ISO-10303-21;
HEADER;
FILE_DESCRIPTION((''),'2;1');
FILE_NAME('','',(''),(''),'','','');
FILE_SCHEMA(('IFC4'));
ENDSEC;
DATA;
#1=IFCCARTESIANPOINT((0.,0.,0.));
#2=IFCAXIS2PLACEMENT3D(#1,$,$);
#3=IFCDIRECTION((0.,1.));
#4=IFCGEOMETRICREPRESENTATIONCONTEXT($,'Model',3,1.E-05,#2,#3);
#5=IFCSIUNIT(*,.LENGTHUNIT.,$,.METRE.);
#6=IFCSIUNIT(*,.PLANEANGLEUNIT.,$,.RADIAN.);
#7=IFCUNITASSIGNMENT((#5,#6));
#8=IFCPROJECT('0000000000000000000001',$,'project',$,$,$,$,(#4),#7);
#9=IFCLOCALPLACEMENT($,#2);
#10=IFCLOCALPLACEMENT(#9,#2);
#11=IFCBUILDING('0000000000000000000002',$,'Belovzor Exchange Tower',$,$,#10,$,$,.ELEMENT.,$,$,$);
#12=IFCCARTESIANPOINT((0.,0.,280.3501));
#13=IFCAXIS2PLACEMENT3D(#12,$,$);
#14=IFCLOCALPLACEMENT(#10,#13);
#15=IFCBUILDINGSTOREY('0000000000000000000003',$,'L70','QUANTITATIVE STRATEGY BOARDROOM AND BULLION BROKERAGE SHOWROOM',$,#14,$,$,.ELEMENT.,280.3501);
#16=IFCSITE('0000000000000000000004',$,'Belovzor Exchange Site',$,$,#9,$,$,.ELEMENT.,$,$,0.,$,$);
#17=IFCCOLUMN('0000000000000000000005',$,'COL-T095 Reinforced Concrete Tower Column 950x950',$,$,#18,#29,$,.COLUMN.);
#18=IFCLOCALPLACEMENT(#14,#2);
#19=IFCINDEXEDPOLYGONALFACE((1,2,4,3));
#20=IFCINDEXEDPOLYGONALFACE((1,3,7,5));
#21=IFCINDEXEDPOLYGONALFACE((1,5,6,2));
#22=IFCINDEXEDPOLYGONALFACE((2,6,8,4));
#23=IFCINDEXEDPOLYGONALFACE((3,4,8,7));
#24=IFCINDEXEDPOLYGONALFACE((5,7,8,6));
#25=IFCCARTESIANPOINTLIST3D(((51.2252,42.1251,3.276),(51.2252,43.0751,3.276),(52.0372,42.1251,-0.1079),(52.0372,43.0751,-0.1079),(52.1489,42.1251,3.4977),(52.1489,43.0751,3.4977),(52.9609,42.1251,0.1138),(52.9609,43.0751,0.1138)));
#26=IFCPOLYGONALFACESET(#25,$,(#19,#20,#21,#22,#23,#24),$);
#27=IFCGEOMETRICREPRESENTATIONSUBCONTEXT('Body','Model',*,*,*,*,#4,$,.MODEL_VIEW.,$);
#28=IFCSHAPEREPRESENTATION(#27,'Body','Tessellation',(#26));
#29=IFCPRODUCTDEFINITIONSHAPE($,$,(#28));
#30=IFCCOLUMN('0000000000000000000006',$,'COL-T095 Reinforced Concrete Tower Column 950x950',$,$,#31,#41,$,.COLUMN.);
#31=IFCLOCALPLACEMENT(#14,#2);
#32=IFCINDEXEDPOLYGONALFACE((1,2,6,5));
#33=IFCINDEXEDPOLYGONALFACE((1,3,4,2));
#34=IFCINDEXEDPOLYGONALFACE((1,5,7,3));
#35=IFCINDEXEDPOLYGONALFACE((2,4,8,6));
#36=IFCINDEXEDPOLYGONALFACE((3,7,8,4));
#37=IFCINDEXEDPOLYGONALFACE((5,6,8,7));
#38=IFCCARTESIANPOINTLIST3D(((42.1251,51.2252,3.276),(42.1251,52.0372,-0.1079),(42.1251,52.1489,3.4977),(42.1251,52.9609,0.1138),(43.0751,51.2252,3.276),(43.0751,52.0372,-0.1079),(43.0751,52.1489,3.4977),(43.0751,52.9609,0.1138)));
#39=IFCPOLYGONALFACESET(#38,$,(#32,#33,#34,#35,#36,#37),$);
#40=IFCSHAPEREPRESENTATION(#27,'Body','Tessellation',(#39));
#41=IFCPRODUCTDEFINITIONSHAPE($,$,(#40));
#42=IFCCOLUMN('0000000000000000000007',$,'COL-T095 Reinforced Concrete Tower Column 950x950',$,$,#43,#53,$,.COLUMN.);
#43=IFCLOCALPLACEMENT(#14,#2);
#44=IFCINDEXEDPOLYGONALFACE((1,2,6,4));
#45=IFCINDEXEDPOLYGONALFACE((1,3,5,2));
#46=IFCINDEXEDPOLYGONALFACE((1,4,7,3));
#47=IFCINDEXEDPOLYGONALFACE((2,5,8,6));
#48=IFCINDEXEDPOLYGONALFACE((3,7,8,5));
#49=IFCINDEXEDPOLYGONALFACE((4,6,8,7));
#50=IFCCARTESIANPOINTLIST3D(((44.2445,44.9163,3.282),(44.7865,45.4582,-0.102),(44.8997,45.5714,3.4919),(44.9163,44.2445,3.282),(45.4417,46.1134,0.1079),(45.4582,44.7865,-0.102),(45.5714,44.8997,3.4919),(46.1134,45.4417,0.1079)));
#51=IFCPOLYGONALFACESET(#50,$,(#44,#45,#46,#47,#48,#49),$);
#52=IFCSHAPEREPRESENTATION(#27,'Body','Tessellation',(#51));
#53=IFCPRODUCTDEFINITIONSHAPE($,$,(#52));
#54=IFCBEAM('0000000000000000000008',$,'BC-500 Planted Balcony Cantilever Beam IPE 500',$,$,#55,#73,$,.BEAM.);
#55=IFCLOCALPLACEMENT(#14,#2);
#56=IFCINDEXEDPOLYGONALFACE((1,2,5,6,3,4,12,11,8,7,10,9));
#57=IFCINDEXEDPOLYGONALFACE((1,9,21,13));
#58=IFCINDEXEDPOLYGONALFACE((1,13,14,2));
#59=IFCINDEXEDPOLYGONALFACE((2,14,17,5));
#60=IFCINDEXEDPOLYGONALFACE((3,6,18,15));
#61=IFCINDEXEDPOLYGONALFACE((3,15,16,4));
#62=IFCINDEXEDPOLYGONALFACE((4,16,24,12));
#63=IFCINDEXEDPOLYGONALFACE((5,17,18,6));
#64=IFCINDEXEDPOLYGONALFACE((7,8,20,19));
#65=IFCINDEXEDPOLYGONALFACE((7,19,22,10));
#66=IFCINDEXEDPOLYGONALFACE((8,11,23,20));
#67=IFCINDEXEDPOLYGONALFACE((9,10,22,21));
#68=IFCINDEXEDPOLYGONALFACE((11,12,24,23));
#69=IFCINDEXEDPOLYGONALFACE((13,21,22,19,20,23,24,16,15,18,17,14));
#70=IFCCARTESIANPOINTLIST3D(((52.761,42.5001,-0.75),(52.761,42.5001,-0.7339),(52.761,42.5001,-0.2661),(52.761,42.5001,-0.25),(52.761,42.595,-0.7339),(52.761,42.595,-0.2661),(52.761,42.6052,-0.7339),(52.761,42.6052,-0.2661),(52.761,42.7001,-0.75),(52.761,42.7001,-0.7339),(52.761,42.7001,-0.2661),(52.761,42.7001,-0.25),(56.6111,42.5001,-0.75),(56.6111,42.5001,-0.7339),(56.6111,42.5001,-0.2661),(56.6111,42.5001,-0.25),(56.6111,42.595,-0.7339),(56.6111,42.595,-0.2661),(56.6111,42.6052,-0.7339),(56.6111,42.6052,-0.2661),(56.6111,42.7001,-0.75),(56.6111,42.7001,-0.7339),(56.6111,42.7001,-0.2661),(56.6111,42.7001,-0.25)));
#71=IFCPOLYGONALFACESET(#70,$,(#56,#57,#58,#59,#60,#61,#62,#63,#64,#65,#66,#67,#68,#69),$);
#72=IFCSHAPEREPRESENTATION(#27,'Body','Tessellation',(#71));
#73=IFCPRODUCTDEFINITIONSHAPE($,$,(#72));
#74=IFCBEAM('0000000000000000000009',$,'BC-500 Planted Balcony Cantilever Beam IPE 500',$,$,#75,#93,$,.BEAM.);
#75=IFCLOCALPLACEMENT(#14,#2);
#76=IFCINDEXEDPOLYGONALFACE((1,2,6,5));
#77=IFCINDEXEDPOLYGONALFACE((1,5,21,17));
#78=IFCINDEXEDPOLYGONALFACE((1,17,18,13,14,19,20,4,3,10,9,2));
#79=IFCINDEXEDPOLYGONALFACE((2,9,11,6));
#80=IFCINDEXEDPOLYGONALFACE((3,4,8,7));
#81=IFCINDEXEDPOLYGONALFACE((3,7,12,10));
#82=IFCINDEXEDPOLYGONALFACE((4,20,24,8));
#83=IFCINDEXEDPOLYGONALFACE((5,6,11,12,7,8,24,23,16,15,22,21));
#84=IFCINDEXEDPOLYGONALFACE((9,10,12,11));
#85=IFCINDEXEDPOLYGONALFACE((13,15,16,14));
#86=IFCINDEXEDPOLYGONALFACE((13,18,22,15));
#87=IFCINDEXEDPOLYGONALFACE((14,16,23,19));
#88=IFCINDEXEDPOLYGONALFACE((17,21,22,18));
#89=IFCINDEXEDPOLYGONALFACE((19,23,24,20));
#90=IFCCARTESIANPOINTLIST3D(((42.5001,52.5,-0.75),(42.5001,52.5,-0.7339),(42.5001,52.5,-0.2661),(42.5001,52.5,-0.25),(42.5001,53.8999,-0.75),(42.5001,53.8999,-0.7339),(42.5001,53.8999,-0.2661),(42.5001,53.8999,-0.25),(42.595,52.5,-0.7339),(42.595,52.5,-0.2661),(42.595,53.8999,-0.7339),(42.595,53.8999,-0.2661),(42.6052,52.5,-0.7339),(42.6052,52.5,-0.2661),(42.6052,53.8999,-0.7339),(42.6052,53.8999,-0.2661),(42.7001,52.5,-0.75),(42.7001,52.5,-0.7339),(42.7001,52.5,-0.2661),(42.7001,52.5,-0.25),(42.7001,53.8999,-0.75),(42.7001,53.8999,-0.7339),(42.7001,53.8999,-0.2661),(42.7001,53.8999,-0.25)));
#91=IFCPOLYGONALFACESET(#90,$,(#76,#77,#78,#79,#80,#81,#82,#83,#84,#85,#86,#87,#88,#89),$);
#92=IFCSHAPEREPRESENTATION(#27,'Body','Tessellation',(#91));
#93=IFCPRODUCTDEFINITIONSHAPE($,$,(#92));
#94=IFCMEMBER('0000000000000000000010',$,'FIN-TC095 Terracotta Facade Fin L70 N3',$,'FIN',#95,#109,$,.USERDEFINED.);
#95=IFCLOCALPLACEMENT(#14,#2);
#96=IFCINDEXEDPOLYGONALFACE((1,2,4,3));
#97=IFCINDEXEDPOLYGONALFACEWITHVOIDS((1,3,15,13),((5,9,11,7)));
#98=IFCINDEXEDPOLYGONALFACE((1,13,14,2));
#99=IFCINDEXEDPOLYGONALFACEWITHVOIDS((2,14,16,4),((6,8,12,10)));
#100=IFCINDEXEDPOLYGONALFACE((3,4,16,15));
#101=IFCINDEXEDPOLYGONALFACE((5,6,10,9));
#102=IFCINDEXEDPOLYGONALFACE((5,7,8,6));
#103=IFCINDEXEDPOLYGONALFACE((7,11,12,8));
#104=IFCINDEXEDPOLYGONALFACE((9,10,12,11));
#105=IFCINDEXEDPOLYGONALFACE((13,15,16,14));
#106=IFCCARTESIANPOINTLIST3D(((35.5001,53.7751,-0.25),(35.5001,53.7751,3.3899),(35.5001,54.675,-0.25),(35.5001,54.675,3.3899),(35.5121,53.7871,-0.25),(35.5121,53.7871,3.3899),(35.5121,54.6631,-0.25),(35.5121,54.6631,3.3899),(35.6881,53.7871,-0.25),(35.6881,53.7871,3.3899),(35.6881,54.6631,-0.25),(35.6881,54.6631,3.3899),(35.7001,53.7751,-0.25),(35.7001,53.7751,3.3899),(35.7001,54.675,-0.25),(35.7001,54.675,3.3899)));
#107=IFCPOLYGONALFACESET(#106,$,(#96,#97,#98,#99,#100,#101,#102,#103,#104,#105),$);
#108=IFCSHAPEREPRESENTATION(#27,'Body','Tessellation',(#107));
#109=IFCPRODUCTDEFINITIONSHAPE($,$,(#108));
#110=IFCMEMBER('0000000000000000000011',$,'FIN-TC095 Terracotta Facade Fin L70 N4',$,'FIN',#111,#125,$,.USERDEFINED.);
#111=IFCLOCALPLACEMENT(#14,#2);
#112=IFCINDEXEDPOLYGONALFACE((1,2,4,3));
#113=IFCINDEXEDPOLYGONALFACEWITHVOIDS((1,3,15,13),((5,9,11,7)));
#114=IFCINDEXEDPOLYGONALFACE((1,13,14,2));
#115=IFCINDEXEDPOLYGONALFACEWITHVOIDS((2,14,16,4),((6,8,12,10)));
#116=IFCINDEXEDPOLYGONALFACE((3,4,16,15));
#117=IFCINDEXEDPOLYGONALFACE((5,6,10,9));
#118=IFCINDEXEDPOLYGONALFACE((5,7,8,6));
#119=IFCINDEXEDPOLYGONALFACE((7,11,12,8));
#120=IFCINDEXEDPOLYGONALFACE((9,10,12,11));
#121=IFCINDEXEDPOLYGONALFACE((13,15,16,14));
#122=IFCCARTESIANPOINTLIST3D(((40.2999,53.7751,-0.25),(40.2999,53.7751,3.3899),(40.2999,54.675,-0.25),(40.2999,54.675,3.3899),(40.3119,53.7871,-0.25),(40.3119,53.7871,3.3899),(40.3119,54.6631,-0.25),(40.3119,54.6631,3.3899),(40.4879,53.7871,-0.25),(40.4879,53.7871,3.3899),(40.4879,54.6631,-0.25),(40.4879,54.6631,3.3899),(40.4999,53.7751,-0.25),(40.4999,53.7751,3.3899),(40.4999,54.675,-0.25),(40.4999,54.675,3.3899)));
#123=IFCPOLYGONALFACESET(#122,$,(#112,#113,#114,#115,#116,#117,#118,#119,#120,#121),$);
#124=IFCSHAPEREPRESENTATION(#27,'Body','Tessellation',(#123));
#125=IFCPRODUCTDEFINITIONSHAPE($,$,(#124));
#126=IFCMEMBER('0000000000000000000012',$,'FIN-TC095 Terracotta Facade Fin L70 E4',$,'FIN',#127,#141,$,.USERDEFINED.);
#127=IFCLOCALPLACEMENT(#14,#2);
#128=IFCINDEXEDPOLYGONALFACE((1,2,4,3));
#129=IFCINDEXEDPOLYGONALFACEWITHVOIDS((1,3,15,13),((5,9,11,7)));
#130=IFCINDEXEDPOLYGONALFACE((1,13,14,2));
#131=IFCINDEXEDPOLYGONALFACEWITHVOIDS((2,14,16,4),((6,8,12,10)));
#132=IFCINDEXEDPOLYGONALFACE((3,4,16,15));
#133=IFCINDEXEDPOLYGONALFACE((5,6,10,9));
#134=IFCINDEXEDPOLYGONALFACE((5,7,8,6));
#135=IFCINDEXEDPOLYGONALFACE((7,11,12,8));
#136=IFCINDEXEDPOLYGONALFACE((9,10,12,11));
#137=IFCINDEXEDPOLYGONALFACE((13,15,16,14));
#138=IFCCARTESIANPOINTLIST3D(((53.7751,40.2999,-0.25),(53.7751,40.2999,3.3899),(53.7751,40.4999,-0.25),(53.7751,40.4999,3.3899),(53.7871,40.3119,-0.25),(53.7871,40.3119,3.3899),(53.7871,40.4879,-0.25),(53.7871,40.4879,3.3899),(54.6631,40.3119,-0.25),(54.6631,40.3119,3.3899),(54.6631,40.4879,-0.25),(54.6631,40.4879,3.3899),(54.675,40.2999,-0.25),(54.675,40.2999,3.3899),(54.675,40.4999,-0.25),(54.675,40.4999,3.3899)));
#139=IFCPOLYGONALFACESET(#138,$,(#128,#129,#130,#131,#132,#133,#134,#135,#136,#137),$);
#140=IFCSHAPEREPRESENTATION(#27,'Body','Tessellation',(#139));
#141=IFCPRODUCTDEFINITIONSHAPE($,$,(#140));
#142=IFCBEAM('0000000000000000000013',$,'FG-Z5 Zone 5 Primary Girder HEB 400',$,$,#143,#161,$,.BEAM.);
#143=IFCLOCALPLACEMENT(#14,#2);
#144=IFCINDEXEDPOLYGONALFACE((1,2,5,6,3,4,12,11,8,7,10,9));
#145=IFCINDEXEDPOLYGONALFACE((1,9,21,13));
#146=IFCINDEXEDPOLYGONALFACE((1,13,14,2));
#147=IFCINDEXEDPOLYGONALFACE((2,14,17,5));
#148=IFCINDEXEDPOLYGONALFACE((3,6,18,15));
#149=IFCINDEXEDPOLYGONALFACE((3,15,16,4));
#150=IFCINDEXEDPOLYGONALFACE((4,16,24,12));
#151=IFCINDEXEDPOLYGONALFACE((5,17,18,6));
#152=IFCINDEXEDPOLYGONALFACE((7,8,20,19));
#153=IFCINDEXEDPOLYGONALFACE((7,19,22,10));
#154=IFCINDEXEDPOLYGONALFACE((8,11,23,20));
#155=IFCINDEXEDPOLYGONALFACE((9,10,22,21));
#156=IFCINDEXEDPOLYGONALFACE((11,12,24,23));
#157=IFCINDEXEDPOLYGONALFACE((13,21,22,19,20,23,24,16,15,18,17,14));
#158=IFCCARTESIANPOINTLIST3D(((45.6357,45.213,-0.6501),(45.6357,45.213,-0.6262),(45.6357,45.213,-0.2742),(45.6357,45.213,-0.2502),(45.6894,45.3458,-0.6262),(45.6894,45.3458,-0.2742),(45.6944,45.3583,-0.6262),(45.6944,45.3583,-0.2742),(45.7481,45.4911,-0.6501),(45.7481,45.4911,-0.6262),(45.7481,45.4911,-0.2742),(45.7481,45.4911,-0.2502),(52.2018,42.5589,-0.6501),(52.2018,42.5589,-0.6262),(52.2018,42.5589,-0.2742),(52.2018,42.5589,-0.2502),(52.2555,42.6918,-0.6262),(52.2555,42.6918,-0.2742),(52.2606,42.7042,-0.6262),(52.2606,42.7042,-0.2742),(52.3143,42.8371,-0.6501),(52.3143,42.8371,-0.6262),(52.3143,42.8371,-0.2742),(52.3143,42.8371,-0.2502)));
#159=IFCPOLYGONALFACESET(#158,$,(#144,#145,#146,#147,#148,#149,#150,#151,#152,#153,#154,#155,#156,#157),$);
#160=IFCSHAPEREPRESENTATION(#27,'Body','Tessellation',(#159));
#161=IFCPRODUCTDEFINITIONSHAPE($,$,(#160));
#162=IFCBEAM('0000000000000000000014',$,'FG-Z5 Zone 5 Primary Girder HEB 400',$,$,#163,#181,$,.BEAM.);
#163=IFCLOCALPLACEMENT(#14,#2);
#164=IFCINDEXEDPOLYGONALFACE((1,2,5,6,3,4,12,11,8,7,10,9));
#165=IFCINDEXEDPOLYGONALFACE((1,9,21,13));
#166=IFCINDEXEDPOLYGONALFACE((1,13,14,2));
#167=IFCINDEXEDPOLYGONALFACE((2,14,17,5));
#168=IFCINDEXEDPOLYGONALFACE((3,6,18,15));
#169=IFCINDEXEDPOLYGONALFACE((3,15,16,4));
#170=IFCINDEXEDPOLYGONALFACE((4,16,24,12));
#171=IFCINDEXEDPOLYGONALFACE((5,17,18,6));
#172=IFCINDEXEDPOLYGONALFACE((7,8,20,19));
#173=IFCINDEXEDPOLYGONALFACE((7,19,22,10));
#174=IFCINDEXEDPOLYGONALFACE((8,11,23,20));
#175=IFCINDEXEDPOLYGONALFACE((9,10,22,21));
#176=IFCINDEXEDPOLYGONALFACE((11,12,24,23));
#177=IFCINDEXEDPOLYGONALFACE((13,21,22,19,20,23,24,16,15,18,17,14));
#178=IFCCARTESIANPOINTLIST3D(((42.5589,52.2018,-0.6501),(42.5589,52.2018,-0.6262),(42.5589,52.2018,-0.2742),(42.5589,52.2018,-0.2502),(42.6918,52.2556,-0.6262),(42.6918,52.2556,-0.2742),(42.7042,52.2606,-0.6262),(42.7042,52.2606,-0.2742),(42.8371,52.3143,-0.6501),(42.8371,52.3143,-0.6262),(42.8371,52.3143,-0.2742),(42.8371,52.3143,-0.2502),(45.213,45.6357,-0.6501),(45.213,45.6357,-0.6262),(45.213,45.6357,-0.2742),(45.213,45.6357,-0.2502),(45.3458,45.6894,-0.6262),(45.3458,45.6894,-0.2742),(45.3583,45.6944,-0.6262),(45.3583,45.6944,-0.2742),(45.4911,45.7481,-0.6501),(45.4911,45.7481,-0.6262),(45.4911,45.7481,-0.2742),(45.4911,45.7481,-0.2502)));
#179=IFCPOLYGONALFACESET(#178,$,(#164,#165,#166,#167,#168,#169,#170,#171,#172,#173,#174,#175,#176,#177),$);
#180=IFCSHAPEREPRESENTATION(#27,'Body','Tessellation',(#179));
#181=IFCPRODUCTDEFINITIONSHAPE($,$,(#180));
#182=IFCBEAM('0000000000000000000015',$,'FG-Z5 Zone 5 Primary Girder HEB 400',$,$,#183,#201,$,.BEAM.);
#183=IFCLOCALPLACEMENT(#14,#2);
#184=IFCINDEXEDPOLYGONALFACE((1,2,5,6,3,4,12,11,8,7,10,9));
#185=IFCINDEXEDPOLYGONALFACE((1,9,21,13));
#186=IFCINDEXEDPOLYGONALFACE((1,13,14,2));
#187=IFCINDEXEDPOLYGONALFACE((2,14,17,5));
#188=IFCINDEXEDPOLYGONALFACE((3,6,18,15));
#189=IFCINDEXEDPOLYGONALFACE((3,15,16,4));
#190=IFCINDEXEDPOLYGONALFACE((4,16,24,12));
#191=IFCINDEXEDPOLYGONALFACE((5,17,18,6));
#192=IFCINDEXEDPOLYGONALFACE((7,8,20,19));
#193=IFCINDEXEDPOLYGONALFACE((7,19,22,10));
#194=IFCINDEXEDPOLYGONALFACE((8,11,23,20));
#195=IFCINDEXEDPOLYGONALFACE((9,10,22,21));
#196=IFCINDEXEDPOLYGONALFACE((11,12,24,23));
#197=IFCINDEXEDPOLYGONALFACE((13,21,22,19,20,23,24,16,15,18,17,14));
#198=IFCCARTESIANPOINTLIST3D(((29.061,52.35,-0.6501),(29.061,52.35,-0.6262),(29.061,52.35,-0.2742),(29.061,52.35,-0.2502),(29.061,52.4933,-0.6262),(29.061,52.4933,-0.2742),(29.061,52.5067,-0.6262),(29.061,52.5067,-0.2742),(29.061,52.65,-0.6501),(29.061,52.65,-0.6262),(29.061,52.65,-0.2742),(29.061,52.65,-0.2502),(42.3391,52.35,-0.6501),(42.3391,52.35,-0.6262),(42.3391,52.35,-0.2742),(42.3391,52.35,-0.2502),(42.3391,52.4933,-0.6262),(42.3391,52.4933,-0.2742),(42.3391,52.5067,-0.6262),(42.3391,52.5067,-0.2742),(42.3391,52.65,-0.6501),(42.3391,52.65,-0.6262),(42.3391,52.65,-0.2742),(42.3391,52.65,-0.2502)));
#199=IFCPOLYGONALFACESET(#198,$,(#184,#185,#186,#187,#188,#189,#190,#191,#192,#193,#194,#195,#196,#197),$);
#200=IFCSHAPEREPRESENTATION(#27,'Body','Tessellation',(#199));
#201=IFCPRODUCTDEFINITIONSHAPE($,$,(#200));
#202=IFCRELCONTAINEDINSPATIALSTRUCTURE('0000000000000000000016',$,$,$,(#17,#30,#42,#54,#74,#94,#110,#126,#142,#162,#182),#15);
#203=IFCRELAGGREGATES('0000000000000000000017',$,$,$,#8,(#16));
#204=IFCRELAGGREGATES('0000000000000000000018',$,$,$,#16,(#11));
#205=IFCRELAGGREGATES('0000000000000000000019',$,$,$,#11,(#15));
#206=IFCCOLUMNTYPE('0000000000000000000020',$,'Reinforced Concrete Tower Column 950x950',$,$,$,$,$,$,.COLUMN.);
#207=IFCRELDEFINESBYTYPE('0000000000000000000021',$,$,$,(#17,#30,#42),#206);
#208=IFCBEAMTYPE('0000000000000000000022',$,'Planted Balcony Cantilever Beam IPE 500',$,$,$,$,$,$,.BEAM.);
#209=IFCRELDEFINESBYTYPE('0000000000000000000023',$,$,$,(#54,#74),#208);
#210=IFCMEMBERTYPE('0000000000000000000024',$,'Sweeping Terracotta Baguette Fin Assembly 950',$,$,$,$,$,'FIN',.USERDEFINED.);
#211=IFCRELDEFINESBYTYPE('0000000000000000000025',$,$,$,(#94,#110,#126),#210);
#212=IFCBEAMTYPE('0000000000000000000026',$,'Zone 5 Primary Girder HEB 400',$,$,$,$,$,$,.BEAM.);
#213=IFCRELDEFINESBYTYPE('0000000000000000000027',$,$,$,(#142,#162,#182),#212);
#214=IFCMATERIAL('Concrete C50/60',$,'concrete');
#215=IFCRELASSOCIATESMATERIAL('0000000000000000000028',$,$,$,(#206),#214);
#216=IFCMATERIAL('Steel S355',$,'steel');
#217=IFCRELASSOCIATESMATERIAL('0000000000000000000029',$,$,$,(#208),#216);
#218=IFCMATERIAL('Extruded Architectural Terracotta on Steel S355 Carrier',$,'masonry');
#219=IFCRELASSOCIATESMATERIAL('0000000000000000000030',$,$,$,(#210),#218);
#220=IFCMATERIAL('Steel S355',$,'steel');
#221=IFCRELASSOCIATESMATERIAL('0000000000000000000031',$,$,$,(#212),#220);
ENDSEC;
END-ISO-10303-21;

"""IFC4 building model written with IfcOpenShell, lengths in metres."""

from ifc_helpers import new_model, si_unit, direction, frame, origin, origin_2d, place, context, subcontext, project, spatial, rectangle, hollow_rectangle, i_section, extrude, material, material_profile, profile_set, type_object, element, save


model = new_model("IFC4")

# Units and contexts
model_context = context("Model", 3, precision=1e-05, world=origin(), true_north=direction((0.0, 1.0)))
body_context = subcontext(model_context, "Body", "Model", "MODEL_VIEW")
ifc_project = project(units=[si_unit("LENGTHUNIT", "METRE"), si_unit("PLANEANGLEUNIT", "RADIAN")], contexts=[model_context])

# Site, building, storey
site_placement = place(None, origin())
site = spatial("IfcSite", under=ifc_project, at=site_placement, Name="Belovzor Exchange Site", CompositionType="ELEMENT", RefElevation=0.0)
building_placement = place(site_placement, origin())
building = spatial("IfcBuilding", under=site, at=building_placement, Name="Belovzor Exchange Tower", CompositionType="ELEMENT")
storey_placement = place(building_placement, frame((0.0, 0.0, 280.3501)))
storey = spatial("IfcBuildingStorey", under=building, at=storey_placement, Name="L70", Description="QUANTITATIVE STRATEGY BOARDROOM AND BULLION BROKERAGE SHOWROOM", CompositionType="ELEMENT", Elevation=280.3501)

# Columns
ifc_material_1 = material(Name="Concrete C50/60", Category="concrete")
ifc_material_profile_1 = material_profile(ifc_material_1, rectangle(XDim=0.95, YDim=0.95, at=origin_2d()))
ifc_profile_set_1 = profile_set([ifc_material_profile_1], Name="Concrete C50/60")
column_type = type_object("IfcColumnType", Name="Reinforced Concrete Tower Column 950x950", PredefinedType="COLUMN", material=ifc_profile_set_1)
for number, where, z_axis, x_axis, name in (
    (1, (52.499, 42.6001, 0.0029), (-0.23333, 0.0, 0.972397), (0.0, -1.0, 0.0), "COL-T095 Reinforced Concrete Tower Column 950x950"),
    (2, (42.6001, 52.499, 0.0029), (0.0, -0.23333, 0.972397), (1.0, 0.0, 0.0), "COL-T095 Reinforced Concrete Tower Column 950x950"),
):
    element("IfcColumn", number, at=place(storey_placement, frame(where, z_axis=z_axis, x_axis=x_axis)), inside=storey, type_object=column_type, Name=name, PredefinedType="COLUMN", context=body_context, shape_type="SweptSolid", body=[
        extrude(rectangle(XDim=0.95, YDim=0.95, at=origin_2d()), origin(), (0.0, 0.0, 1.0), 3.48),
    ])
column_placement = place(storey_placement, frame((45.45, 45.45, 0.0029), z_axis=(-0.156205, -0.156205, 0.975295), x_axis=(0.707107, -0.707107, 0.0)))
element("IfcColumn", 3, at=column_placement, inside=storey, type_object=column_type, Name="COL-T095 Reinforced Concrete Tower Column 950x950", PredefinedType="COLUMN", context=body_context, shape_type="SweptSolid", body=[
    extrude(rectangle(XDim=0.95, YDim=0.95, at=origin_2d()), origin(), (0.0, 0.0, 1.0), 3.4697),
])

# Beams
ifc_material_2 = material(Name="Steel S355", Category="steel")
ifc_material_profile_2 = material_profile(ifc_material_2, i_section(OverallWidth=0.2, OverallDepth=0.5, WebThickness=0.0103, FlangeThickness=0.0161, at=origin_2d()))
ifc_profile_set_2 = profile_set([ifc_material_profile_2], Name="Steel S355")
beam_type_1 = type_object("IfcBeamType", Name="Planted Balcony Cantilever Beam IPE 500", PredefinedType="BEAM", material=ifc_profile_set_2)
beam_1_placement = place(storey_placement, frame((52.761, 42.6001, -0.5), z_axis=(1.0, 0.0, 0.0), x_axis=(0.0, 1.0, 0.0)))
element("IfcBeam", 4, at=beam_1_placement, inside=storey, type_object=beam_type_1, Name="BC-500 Planted Balcony Cantilever Beam IPE 500", PredefinedType="BEAM", context=body_context, shape_type="SweptSolid", body=[
    extrude(i_section(OverallWidth=0.2, OverallDepth=0.5, WebThickness=0.0103, FlangeThickness=0.0161, at=origin_2d()), origin(), (0.0, 0.0, 1.0), 3.8501),
])
beam_2_placement = place(storey_placement, frame((42.6001, 52.5, -0.5), z_axis=(0.0, 1.0, 0.0), x_axis=(-1.0, 0.0, 0.0)))
element("IfcBeam", 5, at=beam_2_placement, inside=storey, type_object=beam_type_1, Name="BC-500 Planted Balcony Cantilever Beam IPE 500", PredefinedType="BEAM", context=body_context, shape_type="SweptSolid", body=[
    extrude(i_section(OverallWidth=0.2, OverallDepth=0.5, WebThickness=0.0103, FlangeThickness=0.0161, at=origin_2d()), origin(), (0.0, 0.0, 1.0), 1.3999),
])

# Members
ifc_material_3 = material(Name="Extruded Architectural Terracotta on Steel S355 Carrier", Category="masonry")
ifc_material_profile_3 = material_profile(ifc_material_3, hollow_rectangle(XDim=0.2, YDim=0.8999, WallThickness=0.012, at=origin_2d()))
ifc_profile_set_3 = profile_set([ifc_material_profile_3], Name="Extruded Architectural Terracotta on Steel S355 Carrier")
member_type = type_object("IfcMemberType", Name="Sweeping Terracotta Baguette Fin Assembly 950", ElementType="FIN", PredefinedType="USERDEFINED", material=ifc_profile_set_3)
for number, where, z_axis, x_axis, name in (
    (6, (35.6001, 54.2251, -0.25), (0.0, 0.0, 1.0), (1.0, 0.0, 0.0), "FIN-TC095 Terracotta Facade Fin L70 N3"),
    (7, (40.3999, 54.2251, -0.25), (0.0, 0.0, 1.0), (1.0, 0.0, 0.0), "FIN-TC095 Terracotta Facade Fin L70 N4"),
    (8, (54.2251, 40.3999, -0.25), (0.0, 0.0, 1.0), (0.0, 1.0, 0.0), "FIN-TC095 Terracotta Facade Fin L70 E4"),
):
    element("IfcMember", number, at=place(storey_placement, frame(where, z_axis=z_axis, x_axis=x_axis)), inside=storey, type_object=member_type, Name=name, ObjectType="FIN", PredefinedType="USERDEFINED", context=body_context, shape_type="SweptSolid", body=[
        extrude(hollow_rectangle(XDim=0.2, YDim=0.8999, WallThickness=0.012, at=origin_2d()), origin(), (0.0, 0.0, 1.0), 3.6399),
    ])

# Beams
ifc_material_4 = material(Name="Steel S355", Category="steel")
ifc_material_profile_4 = material_profile(ifc_material_4, i_section(OverallWidth=0.3, OverallDepth=0.3999, WebThickness=0.0134, FlangeThickness=0.0239, at=origin_2d()))
ifc_profile_set_4 = profile_set([ifc_material_profile_4], Name="Steel S355")
beam_type_2 = type_object("IfcBeamType", Name="Zone 5 Primary Girder HEB 400", PredefinedType="BEAM", material=ifc_profile_set_4)
for number, where, z_axis, x_axis, name in (
    (9, (52.2581, 42.698, -0.4502), (-0.927127, 0.374746, 0.0), (-0.374746, -0.927127, 0.0), "FG-Z5 Zone 5 Primary Girder HEB 400"),
    (10, (45.3521, 45.6919, -0.4502), (-0.374746, 0.927127, 0.0), (-0.927127, -0.374746, 0.0), "FG-Z5 Zone 5 Primary Girder HEB 400"),
):
    element("IfcBeam", number, at=place(storey_placement, frame(where, z_axis=z_axis, x_axis=x_axis)), inside=storey, type_object=beam_type_2, Name=name, PredefinedType="BEAM", context=body_context, shape_type="SweptSolid", body=[
        extrude(i_section(OverallWidth=0.3, OverallDepth=0.3999, WebThickness=0.0134, FlangeThickness=0.0239, at=origin_2d()), origin(), (0.0, 0.0, 1.0), 7.0823),
    ])
beam_3_placement = place(storey_placement, frame((42.3391, 52.5, -0.4502), z_axis=(-1.0, 0.0, 0.0), x_axis=(0.0, -1.0, 0.0)))
element("IfcBeam", 11, at=beam_3_placement, inside=storey, type_object=beam_type_2, Name="FG-Z5 Zone 5 Primary Girder HEB 400", PredefinedType="BEAM", context=body_context, shape_type="SweptSolid", body=[
    extrude(i_section(OverallWidth=0.3, OverallDepth=0.3999, WebThickness=0.0134, FlangeThickness=0.0239, at=origin_2d()), origin(), (0.0, 0.0, 1.0), 13.2781),
])

save(model, "model.ifc")
